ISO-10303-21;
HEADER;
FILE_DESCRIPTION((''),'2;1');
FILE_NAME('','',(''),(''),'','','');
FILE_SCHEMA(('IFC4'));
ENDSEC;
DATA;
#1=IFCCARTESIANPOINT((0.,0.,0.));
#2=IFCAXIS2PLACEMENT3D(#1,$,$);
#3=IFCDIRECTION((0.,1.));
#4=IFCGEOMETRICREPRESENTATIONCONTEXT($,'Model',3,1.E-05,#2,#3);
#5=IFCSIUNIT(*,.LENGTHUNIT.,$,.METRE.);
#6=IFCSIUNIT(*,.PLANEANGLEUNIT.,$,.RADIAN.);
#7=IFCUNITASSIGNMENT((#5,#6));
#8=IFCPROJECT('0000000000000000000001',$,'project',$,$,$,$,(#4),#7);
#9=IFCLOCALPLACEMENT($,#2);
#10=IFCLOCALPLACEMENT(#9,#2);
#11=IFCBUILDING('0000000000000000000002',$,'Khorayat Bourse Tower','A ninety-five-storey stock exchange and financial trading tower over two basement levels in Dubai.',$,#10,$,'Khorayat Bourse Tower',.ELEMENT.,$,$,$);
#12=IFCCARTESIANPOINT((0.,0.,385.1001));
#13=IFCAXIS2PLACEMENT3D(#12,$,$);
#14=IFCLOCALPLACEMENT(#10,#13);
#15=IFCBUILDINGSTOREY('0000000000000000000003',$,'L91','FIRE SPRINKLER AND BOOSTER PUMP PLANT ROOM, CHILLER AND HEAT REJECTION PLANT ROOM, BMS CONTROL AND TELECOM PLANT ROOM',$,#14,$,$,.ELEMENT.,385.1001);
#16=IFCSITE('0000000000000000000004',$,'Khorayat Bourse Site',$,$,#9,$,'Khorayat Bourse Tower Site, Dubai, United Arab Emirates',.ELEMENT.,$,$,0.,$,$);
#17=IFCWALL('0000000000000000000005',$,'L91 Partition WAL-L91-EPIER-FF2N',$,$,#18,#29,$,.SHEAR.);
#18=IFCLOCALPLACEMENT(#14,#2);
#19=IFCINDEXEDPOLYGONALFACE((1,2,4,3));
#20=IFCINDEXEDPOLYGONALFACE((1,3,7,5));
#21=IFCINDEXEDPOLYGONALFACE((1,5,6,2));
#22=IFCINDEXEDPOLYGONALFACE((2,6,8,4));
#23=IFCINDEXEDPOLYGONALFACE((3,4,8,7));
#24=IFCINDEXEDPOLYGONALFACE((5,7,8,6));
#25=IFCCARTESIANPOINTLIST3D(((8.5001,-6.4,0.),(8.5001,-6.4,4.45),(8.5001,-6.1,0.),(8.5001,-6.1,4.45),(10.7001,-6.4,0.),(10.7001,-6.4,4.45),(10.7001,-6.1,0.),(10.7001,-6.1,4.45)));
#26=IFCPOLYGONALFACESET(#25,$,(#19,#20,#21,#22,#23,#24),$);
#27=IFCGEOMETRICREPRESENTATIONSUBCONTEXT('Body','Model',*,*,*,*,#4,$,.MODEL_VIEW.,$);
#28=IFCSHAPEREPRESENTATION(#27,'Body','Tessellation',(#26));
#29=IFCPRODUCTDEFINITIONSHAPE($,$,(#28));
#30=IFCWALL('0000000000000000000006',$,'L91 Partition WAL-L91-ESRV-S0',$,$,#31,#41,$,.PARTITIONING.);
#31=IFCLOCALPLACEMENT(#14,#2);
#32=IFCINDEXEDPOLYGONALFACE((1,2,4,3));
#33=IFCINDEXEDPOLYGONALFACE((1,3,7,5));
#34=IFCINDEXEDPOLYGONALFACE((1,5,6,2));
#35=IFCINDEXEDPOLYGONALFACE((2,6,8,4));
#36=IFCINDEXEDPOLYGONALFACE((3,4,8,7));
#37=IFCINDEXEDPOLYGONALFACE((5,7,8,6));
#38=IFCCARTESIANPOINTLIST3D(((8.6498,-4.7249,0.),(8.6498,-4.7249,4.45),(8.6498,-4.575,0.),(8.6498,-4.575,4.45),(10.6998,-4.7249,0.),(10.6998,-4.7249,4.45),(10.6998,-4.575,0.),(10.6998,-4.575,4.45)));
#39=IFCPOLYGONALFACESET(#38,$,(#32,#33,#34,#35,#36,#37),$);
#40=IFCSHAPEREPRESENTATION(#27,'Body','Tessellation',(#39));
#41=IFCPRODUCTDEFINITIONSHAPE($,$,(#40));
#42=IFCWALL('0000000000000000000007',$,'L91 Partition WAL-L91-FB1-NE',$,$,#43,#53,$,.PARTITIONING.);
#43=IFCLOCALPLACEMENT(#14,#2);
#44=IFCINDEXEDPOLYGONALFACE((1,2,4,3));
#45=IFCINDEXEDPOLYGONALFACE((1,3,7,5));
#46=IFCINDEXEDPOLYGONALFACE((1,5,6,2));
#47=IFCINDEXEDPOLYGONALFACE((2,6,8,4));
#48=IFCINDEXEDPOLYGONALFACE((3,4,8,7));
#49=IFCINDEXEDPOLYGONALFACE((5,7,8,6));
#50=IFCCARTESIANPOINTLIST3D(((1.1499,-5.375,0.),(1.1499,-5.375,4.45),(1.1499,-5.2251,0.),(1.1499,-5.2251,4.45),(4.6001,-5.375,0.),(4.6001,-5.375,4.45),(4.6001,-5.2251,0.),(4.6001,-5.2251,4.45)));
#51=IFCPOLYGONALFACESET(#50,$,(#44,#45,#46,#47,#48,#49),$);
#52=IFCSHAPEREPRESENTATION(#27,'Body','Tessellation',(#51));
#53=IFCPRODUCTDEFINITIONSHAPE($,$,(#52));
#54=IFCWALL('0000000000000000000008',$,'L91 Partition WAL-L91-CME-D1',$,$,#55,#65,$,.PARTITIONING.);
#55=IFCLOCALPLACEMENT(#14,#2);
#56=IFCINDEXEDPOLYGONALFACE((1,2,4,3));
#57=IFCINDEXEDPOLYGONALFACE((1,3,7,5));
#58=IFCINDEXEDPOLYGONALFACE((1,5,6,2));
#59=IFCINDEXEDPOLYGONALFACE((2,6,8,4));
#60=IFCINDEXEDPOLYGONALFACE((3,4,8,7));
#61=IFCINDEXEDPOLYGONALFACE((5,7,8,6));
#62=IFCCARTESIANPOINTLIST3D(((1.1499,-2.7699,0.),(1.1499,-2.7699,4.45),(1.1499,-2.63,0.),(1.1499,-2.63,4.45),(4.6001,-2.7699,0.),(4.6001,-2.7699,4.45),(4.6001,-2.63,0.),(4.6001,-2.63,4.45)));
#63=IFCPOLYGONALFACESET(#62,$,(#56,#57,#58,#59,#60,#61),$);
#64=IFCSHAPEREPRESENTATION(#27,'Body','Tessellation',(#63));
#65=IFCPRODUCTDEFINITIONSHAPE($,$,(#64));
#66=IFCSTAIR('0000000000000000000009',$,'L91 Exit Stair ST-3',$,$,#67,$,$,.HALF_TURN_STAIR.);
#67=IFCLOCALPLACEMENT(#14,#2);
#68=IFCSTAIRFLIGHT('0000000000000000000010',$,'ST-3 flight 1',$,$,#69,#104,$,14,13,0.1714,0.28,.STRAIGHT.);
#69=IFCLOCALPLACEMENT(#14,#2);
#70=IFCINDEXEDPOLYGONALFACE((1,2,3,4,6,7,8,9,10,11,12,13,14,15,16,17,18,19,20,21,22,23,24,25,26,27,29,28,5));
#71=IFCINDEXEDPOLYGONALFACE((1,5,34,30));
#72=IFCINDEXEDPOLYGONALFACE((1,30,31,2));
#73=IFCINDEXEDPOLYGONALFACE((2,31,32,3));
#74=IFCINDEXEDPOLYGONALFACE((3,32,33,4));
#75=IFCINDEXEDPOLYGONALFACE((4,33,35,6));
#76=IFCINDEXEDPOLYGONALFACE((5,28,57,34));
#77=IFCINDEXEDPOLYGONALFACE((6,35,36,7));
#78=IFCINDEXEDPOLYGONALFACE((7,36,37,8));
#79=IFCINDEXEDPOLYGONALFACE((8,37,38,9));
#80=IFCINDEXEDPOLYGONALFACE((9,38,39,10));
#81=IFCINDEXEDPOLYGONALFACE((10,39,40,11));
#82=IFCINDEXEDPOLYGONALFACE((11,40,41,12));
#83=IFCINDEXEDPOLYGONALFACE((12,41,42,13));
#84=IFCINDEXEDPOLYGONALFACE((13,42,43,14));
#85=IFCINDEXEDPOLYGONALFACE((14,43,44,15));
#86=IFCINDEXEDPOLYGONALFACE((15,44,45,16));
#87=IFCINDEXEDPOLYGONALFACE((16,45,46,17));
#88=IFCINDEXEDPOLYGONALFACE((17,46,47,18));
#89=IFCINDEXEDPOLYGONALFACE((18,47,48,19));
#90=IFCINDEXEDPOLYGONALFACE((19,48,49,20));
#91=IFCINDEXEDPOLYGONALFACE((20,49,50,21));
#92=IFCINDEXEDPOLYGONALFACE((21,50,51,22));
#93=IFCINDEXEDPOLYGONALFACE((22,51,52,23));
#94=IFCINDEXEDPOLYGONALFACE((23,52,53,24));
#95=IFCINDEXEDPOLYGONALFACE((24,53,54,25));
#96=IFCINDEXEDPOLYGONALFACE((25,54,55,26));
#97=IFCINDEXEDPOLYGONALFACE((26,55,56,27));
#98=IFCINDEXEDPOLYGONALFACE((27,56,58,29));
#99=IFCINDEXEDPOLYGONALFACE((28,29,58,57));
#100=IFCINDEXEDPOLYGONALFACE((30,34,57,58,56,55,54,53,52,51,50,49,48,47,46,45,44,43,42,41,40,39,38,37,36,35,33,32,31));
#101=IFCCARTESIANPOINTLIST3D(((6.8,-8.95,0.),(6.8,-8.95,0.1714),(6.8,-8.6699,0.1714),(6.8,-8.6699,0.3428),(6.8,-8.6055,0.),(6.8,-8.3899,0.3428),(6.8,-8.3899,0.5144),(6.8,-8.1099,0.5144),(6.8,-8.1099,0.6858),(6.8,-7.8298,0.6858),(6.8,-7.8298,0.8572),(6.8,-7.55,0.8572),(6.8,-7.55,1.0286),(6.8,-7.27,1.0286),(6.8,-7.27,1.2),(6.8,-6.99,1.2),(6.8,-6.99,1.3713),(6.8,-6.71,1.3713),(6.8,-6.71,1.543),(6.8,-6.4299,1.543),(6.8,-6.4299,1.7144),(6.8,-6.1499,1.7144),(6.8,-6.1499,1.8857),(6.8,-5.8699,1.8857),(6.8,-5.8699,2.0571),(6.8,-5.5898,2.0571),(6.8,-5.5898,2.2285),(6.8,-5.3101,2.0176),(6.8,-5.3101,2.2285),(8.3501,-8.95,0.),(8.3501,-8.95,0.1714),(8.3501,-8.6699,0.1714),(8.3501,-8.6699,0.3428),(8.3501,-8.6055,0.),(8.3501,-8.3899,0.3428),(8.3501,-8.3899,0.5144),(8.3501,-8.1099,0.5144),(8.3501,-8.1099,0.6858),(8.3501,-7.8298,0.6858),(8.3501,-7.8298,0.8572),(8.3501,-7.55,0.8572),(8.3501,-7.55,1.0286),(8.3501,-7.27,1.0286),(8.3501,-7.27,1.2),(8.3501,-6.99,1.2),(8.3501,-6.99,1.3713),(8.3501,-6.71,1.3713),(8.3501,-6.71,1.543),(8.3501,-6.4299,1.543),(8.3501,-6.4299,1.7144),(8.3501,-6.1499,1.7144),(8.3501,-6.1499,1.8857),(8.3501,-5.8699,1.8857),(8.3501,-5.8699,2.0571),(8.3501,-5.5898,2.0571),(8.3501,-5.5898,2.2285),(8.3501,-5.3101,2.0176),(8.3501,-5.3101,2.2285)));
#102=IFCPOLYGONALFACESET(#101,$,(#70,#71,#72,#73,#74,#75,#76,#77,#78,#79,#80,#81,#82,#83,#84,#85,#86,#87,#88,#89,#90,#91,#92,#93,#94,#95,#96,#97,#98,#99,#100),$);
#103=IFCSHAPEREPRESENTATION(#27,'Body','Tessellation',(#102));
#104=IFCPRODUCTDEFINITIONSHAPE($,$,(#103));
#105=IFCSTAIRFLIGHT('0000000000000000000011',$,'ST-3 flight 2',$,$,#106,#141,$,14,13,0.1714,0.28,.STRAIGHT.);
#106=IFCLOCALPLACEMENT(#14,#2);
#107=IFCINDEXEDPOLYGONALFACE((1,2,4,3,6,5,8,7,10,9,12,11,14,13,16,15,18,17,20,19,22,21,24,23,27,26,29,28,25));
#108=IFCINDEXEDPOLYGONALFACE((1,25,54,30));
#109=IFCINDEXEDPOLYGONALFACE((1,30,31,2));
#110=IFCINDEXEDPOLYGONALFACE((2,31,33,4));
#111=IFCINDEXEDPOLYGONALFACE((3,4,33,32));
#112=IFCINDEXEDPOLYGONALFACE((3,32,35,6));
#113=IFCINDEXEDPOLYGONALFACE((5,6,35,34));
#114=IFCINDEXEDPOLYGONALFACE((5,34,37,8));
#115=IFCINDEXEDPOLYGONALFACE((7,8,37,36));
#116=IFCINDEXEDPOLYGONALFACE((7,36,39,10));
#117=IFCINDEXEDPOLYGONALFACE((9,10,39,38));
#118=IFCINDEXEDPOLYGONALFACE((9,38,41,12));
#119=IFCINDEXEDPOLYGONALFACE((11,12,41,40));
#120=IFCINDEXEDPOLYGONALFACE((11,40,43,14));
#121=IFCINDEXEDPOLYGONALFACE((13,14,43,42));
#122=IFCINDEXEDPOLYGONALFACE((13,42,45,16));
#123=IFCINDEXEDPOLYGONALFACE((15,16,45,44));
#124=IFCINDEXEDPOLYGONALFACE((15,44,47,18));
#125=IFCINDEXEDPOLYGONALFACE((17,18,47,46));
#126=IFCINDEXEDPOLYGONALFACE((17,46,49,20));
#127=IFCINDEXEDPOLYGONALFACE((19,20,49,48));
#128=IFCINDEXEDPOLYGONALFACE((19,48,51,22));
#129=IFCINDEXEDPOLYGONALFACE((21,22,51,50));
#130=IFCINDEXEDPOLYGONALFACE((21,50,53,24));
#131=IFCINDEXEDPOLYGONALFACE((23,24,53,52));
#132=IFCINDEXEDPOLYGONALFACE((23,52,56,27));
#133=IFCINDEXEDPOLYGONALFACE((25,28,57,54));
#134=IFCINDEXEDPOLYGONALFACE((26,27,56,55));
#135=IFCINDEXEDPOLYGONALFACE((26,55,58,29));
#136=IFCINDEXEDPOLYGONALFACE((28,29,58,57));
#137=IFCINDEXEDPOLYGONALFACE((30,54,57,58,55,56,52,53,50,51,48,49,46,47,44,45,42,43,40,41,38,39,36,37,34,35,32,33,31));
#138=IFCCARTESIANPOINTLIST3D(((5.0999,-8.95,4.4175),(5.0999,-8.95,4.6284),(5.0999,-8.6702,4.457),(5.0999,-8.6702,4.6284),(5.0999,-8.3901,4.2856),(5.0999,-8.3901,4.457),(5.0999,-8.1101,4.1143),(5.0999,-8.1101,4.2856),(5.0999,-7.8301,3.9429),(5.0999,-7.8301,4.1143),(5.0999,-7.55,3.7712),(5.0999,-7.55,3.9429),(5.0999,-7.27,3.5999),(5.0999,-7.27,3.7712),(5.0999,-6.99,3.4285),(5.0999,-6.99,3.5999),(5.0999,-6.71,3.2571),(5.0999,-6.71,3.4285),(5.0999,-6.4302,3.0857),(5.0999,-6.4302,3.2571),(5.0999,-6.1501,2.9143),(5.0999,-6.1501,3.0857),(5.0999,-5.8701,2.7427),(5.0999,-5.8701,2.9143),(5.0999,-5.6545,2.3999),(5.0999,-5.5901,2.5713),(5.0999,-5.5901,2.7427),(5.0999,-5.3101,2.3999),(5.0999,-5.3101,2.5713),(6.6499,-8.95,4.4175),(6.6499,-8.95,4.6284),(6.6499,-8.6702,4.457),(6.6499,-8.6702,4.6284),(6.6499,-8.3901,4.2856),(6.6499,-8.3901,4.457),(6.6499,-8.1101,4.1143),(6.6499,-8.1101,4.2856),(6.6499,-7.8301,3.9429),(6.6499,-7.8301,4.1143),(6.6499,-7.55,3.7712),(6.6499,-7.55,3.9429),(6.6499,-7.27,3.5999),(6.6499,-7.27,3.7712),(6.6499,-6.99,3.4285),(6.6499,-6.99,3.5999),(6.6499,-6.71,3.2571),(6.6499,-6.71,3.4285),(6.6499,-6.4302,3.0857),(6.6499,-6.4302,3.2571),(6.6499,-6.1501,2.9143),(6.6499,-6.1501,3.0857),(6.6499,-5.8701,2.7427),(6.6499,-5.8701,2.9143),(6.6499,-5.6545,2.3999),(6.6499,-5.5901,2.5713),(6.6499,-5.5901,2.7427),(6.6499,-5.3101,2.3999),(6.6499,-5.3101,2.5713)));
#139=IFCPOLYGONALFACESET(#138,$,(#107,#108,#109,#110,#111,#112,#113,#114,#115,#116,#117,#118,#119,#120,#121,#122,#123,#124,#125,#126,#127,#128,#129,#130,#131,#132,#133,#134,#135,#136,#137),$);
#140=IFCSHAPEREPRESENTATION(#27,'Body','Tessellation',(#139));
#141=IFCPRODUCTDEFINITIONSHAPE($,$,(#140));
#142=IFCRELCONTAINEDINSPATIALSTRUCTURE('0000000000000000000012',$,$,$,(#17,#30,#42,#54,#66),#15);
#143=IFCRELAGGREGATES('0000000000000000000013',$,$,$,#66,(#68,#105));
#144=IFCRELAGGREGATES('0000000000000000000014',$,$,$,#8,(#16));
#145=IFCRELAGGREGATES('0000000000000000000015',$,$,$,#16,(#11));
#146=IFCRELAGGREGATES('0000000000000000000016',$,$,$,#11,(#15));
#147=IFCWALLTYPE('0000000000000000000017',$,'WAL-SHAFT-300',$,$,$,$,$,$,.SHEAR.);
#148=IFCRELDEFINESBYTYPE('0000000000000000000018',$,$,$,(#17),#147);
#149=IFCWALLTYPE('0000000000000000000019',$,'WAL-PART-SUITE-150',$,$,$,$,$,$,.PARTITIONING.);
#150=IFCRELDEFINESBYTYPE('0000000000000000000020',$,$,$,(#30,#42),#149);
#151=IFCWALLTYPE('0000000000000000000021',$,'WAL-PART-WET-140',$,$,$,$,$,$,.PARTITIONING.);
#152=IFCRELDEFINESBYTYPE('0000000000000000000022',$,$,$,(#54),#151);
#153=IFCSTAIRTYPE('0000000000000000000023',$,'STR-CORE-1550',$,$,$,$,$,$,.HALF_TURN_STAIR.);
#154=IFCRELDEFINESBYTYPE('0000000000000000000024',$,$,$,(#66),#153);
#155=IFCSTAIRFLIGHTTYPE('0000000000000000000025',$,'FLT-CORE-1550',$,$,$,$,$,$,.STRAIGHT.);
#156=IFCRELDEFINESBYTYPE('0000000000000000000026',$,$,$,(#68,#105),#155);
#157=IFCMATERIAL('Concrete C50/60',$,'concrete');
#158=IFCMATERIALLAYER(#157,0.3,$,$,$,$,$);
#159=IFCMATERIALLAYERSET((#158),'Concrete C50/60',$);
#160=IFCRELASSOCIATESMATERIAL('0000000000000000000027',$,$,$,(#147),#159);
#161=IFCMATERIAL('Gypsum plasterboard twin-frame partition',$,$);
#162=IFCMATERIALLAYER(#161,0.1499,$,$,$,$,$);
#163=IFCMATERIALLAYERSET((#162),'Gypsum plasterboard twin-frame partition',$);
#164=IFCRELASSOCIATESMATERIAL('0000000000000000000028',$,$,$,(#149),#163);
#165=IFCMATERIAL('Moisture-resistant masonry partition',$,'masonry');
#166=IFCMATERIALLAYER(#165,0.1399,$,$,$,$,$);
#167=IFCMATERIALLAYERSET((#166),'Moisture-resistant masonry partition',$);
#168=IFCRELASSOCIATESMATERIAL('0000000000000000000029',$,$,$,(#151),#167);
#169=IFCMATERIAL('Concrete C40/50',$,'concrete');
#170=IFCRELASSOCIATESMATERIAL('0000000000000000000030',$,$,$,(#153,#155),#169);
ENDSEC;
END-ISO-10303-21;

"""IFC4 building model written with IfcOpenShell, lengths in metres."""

from ifc_helpers import new_model, si_unit, direction, frame, frame_2d, origin, place, context, subcontext, project, spatial, polyline, rectangle, outline, extrude, source, transform, mapped, material, layer, layer_set, type_object, element, aggregate, save


model = new_model("IFC4")

# Units and contexts
model_context = context("Model", 3, precision=1e-05, world=origin(), true_north=direction((0.0, 1.0)))
body_context = subcontext(model_context, "Body", "Model", "MODEL_VIEW")
ifc_project = project(units=[si_unit("LENGTHUNIT", "METRE"), si_unit("PLANEANGLEUNIT", "RADIAN")], contexts=[model_context])

# Site, building, storey
site_placement = place(None, origin())
site = spatial("IfcSite", under=ifc_project, at=site_placement, Name="Khorayat Bourse Site", LongName="Khorayat Bourse Tower Site, Dubai, United Arab Emirates", CompositionType="ELEMENT", RefElevation=0.0)
building_placement = place(site_placement, origin())
building = spatial("IfcBuilding", under=site, at=building_placement, Name="Khorayat Bourse Tower", Description="A ninety-five-storey stock exchange and financial trading tower over two basement levels in Dubai.", LongName="Khorayat Bourse Tower", CompositionType="ELEMENT")
storey_placement = place(building_placement, frame((0.0, 0.0, 385.1001)))
storey = spatial("IfcBuildingStorey", under=building, at=storey_placement, Name="L91", Description="FIRE SPRINKLER AND BOOSTER PUMP PLANT ROOM, CHILLER AND HEAT REJECTION PLANT ROOM, BMS CONTROL AND TELECOM PLANT ROOM", CompositionType="ELEMENT", Elevation=385.1001)

# Shared definitions
ifc_material_1 = material(Name="Concrete C50/60", Category="concrete")

# Walls
ifc_layer_1 = layer(ifc_material_1, 0.3)
ifc_layer_set_1 = layer_set([ifc_layer_1], Name="Concrete C50/60")
wall_type_1 = type_object("IfcWallType", Name="WAL-SHAFT-300", PredefinedType="SHEAR", material=ifc_layer_set_1)
shared_shape_1 = source(origin(), body_context, "Body", "SweptSolid", [
    extrude(rectangle(XDim=2.2, YDim=0.3, at=frame_2d((1.1001, 0.0))), origin(), (0.0, 0.0, 1.0), 4.45),
])
for number, where, z_axis, x_axis, name in (
    (1, (8.5, -6.25, 0.0), (0.0, 0.0, 1.0), (1.0, 0.0, 0.0), "L91 Partition WAL-L91-EPIER-FF2N"),
):
    element("IfcWall", number, at=place(storey_placement, frame(where, z_axis=z_axis, x_axis=x_axis)), inside=storey, type_object=wall_type_1, Name=name, PredefinedType="SHEAR", context=body_context, shape_type="MappedRepresentation", body=[
        mapped(shared_shape_1, transform((0.0, 0.0, 0.0), scale=1.0)),
    ])
ifc_material_2 = material(Name="Gypsum plasterboard twin-frame partition")
ifc_layer_2 = layer(ifc_material_2, 0.1499)
ifc_layer_set_2 = layer_set([ifc_layer_2], Name="Gypsum plasterboard twin-frame partition")
wall_type_2 = type_object("IfcWallType", Name="WAL-PART-SUITE-150", PredefinedType="PARTITIONING", material=ifc_layer_set_2)
shared_shape_2 = source(origin(), body_context, "Body", "SweptSolid", [
    extrude(rectangle(XDim=2.05, YDim=0.1499, at=frame_2d((1.0249, 0.0))), origin(), (0.0, 0.0, 1.0), 4.45),
])
wall_1_placement = place(storey_placement, frame((8.6499, -4.6499, 0.0), z_axis=(0.0, 0.0, 1.0), x_axis=(1.0, 0.0, 0.0)))
element("IfcWall", 2, at=wall_1_placement, inside=storey, type_object=wall_type_2, Name="L91 Partition WAL-L91-ESRV-S0", PredefinedType="PARTITIONING", context=body_context, shape_type="MappedRepresentation", body=[
    mapped(shared_shape_2, transform((0.0, 0.0, 0.0), scale=1.0)),
])
shared_shape_3 = source(origin(), body_context, "Body", "SweptSolid", [
    extrude(rectangle(XDim=3.4502, YDim=0.1499, at=frame_2d((1.7251, 0.0))), origin(), (0.0, 0.0, 1.0), 4.45),
])
wall_2_placement = place(storey_placement, frame((1.1499, -5.3, 0.0), z_axis=(0.0, 0.0, 1.0), x_axis=(1.0, 0.0, 0.0)))
element("IfcWall", 3, at=wall_2_placement, inside=storey, type_object=wall_type_2, Name="L91 Partition WAL-L91-FB1-NE", PredefinedType="PARTITIONING", context=body_context, shape_type="MappedRepresentation", body=[
    mapped(shared_shape_3, transform((0.0, 0.0, 0.0), scale=1.0)),
])
ifc_material_3 = material(Name="Moisture-resistant masonry partition", Category="masonry")
ifc_layer_3 = layer(ifc_material_3, 0.1399)
ifc_layer_set_3 = layer_set([ifc_layer_3], Name="Moisture-resistant masonry partition")
wall_type_3 = type_object("IfcWallType", Name="WAL-PART-WET-140", PredefinedType="PARTITIONING", material=ifc_layer_set_3)
shared_shape_4 = source(origin(), body_context, "Body", "SweptSolid", [
    extrude(rectangle(XDim=3.4502, YDim=0.1399, at=frame_2d((1.7251, 0.0))), origin(), (0.0, 0.0, 1.0), 4.45),
])
wall_3_placement = place(storey_placement, frame((1.1499, -2.7, 0.0), z_axis=(0.0, 0.0, 1.0), x_axis=(1.0, 0.0, 0.0)))
element("IfcWall", 4, at=wall_3_placement, inside=storey, type_object=wall_type_3, Name="L91 Partition WAL-L91-CME-D1", PredefinedType="PARTITIONING", context=body_context, shape_type="MappedRepresentation", body=[
    mapped(shared_shape_4, transform((0.0, 0.0, 0.0), scale=1.0)),
])

# Stair, stair flights
ifc_material_4 = material(Name="Concrete C40/50", Category="concrete")
stair_type = type_object("IfcStairType", Name="STR-CORE-1550", PredefinedType="HALF_TURN_STAIR", material=ifc_material_4)
stair_placement = place(storey_placement, origin())
stair = element("IfcStair", 5, at=stair_placement, inside=storey, type_object=stair_type, Name="L91 Exit Stair ST-3", PredefinedType="HALF_TURN_STAIR")
stair_flight_type = type_object("IfcStairFlightType", Name="FLT-CORE-1550", PredefinedType="STRAIGHT", material=ifc_material_4)
shared_shape_5 = source(origin(), body_context, "Body", "SweptSolid", [
    extrude(outline(polyline([(0.0, 0.0), (0.0, 0.1714), (0.28, 0.1714), (0.28, 0.3428), (0.5601, 0.3428), (0.5601, 0.5144), (0.8401, 0.5144), (0.8401, 0.6858), (1.1201, 0.6858), (1.1201, 0.8572), (1.3999, 0.8572), (1.3999, 1.0286), (1.6799, 1.0286), (1.6799, 1.2), (1.96, 1.2), (1.96, 1.3713), (2.24, 1.3713), (2.24, 1.543), (2.52, 1.543), (2.52, 1.7144), (2.8, 1.7144), (2.8, 1.8857), (3.0801, 1.8857), (3.0801, 2.0571), (3.3601, 2.0571), (3.3601, 2.2285), (3.6399, 2.2285), (3.6399, 2.3999), (3.6399, 2.0176), (0.3445, 0.0), (0.0, 0.0)])), frame((0.0, 0.7749, 0.0), z_axis=(0.0, -1.0, 0.0), x_axis=(1.0, 0.0, 0.0)), (0.0, 0.0, 1.0), 1.55),
])
stair_flight_1_placement = place(storey_placement, frame((7.575, -8.95, 0.0), z_axis=(0.0, 0.0, 1.0), x_axis=(0.0, 1.0, 0.0)))
stair_flight_1 = element("IfcStairFlight", 6, at=stair_flight_1_placement, type_object=stair_flight_type, Name="ST-3 flight 1", NumberOfRisers=14, NumberOfTreads=13, PredefinedType="STRAIGHT", RiserHeight=0.1714, TreadLength=0.28, context=body_context, shape_type="MappedRepresentation", body=[
    mapped(shared_shape_5, transform((0.0, 0.0, 0.0), scale=1.0)),
])
stair_flight_2_placement = place(storey_placement, frame((5.875, -5.3101, 2.3999), z_axis=(0.0, 0.0, 1.0), x_axis=(0.0, -1.0, 0.0)))
stair_flight_2 = element("IfcStairFlight", 7, at=stair_flight_2_placement, type_object=stair_flight_type, Name="ST-3 flight 2", NumberOfRisers=14, NumberOfTreads=13, PredefinedType="STRAIGHT", RiserHeight=0.1714, TreadLength=0.28, context=body_context, shape_type="MappedRepresentation", body=[
    mapped(shared_shape_5, transform((0.0, 0.0, 0.0), scale=1.0)),
])
aggregate(stair, [stair_flight_1, stair_flight_2])

save(model, "model.ifc")
